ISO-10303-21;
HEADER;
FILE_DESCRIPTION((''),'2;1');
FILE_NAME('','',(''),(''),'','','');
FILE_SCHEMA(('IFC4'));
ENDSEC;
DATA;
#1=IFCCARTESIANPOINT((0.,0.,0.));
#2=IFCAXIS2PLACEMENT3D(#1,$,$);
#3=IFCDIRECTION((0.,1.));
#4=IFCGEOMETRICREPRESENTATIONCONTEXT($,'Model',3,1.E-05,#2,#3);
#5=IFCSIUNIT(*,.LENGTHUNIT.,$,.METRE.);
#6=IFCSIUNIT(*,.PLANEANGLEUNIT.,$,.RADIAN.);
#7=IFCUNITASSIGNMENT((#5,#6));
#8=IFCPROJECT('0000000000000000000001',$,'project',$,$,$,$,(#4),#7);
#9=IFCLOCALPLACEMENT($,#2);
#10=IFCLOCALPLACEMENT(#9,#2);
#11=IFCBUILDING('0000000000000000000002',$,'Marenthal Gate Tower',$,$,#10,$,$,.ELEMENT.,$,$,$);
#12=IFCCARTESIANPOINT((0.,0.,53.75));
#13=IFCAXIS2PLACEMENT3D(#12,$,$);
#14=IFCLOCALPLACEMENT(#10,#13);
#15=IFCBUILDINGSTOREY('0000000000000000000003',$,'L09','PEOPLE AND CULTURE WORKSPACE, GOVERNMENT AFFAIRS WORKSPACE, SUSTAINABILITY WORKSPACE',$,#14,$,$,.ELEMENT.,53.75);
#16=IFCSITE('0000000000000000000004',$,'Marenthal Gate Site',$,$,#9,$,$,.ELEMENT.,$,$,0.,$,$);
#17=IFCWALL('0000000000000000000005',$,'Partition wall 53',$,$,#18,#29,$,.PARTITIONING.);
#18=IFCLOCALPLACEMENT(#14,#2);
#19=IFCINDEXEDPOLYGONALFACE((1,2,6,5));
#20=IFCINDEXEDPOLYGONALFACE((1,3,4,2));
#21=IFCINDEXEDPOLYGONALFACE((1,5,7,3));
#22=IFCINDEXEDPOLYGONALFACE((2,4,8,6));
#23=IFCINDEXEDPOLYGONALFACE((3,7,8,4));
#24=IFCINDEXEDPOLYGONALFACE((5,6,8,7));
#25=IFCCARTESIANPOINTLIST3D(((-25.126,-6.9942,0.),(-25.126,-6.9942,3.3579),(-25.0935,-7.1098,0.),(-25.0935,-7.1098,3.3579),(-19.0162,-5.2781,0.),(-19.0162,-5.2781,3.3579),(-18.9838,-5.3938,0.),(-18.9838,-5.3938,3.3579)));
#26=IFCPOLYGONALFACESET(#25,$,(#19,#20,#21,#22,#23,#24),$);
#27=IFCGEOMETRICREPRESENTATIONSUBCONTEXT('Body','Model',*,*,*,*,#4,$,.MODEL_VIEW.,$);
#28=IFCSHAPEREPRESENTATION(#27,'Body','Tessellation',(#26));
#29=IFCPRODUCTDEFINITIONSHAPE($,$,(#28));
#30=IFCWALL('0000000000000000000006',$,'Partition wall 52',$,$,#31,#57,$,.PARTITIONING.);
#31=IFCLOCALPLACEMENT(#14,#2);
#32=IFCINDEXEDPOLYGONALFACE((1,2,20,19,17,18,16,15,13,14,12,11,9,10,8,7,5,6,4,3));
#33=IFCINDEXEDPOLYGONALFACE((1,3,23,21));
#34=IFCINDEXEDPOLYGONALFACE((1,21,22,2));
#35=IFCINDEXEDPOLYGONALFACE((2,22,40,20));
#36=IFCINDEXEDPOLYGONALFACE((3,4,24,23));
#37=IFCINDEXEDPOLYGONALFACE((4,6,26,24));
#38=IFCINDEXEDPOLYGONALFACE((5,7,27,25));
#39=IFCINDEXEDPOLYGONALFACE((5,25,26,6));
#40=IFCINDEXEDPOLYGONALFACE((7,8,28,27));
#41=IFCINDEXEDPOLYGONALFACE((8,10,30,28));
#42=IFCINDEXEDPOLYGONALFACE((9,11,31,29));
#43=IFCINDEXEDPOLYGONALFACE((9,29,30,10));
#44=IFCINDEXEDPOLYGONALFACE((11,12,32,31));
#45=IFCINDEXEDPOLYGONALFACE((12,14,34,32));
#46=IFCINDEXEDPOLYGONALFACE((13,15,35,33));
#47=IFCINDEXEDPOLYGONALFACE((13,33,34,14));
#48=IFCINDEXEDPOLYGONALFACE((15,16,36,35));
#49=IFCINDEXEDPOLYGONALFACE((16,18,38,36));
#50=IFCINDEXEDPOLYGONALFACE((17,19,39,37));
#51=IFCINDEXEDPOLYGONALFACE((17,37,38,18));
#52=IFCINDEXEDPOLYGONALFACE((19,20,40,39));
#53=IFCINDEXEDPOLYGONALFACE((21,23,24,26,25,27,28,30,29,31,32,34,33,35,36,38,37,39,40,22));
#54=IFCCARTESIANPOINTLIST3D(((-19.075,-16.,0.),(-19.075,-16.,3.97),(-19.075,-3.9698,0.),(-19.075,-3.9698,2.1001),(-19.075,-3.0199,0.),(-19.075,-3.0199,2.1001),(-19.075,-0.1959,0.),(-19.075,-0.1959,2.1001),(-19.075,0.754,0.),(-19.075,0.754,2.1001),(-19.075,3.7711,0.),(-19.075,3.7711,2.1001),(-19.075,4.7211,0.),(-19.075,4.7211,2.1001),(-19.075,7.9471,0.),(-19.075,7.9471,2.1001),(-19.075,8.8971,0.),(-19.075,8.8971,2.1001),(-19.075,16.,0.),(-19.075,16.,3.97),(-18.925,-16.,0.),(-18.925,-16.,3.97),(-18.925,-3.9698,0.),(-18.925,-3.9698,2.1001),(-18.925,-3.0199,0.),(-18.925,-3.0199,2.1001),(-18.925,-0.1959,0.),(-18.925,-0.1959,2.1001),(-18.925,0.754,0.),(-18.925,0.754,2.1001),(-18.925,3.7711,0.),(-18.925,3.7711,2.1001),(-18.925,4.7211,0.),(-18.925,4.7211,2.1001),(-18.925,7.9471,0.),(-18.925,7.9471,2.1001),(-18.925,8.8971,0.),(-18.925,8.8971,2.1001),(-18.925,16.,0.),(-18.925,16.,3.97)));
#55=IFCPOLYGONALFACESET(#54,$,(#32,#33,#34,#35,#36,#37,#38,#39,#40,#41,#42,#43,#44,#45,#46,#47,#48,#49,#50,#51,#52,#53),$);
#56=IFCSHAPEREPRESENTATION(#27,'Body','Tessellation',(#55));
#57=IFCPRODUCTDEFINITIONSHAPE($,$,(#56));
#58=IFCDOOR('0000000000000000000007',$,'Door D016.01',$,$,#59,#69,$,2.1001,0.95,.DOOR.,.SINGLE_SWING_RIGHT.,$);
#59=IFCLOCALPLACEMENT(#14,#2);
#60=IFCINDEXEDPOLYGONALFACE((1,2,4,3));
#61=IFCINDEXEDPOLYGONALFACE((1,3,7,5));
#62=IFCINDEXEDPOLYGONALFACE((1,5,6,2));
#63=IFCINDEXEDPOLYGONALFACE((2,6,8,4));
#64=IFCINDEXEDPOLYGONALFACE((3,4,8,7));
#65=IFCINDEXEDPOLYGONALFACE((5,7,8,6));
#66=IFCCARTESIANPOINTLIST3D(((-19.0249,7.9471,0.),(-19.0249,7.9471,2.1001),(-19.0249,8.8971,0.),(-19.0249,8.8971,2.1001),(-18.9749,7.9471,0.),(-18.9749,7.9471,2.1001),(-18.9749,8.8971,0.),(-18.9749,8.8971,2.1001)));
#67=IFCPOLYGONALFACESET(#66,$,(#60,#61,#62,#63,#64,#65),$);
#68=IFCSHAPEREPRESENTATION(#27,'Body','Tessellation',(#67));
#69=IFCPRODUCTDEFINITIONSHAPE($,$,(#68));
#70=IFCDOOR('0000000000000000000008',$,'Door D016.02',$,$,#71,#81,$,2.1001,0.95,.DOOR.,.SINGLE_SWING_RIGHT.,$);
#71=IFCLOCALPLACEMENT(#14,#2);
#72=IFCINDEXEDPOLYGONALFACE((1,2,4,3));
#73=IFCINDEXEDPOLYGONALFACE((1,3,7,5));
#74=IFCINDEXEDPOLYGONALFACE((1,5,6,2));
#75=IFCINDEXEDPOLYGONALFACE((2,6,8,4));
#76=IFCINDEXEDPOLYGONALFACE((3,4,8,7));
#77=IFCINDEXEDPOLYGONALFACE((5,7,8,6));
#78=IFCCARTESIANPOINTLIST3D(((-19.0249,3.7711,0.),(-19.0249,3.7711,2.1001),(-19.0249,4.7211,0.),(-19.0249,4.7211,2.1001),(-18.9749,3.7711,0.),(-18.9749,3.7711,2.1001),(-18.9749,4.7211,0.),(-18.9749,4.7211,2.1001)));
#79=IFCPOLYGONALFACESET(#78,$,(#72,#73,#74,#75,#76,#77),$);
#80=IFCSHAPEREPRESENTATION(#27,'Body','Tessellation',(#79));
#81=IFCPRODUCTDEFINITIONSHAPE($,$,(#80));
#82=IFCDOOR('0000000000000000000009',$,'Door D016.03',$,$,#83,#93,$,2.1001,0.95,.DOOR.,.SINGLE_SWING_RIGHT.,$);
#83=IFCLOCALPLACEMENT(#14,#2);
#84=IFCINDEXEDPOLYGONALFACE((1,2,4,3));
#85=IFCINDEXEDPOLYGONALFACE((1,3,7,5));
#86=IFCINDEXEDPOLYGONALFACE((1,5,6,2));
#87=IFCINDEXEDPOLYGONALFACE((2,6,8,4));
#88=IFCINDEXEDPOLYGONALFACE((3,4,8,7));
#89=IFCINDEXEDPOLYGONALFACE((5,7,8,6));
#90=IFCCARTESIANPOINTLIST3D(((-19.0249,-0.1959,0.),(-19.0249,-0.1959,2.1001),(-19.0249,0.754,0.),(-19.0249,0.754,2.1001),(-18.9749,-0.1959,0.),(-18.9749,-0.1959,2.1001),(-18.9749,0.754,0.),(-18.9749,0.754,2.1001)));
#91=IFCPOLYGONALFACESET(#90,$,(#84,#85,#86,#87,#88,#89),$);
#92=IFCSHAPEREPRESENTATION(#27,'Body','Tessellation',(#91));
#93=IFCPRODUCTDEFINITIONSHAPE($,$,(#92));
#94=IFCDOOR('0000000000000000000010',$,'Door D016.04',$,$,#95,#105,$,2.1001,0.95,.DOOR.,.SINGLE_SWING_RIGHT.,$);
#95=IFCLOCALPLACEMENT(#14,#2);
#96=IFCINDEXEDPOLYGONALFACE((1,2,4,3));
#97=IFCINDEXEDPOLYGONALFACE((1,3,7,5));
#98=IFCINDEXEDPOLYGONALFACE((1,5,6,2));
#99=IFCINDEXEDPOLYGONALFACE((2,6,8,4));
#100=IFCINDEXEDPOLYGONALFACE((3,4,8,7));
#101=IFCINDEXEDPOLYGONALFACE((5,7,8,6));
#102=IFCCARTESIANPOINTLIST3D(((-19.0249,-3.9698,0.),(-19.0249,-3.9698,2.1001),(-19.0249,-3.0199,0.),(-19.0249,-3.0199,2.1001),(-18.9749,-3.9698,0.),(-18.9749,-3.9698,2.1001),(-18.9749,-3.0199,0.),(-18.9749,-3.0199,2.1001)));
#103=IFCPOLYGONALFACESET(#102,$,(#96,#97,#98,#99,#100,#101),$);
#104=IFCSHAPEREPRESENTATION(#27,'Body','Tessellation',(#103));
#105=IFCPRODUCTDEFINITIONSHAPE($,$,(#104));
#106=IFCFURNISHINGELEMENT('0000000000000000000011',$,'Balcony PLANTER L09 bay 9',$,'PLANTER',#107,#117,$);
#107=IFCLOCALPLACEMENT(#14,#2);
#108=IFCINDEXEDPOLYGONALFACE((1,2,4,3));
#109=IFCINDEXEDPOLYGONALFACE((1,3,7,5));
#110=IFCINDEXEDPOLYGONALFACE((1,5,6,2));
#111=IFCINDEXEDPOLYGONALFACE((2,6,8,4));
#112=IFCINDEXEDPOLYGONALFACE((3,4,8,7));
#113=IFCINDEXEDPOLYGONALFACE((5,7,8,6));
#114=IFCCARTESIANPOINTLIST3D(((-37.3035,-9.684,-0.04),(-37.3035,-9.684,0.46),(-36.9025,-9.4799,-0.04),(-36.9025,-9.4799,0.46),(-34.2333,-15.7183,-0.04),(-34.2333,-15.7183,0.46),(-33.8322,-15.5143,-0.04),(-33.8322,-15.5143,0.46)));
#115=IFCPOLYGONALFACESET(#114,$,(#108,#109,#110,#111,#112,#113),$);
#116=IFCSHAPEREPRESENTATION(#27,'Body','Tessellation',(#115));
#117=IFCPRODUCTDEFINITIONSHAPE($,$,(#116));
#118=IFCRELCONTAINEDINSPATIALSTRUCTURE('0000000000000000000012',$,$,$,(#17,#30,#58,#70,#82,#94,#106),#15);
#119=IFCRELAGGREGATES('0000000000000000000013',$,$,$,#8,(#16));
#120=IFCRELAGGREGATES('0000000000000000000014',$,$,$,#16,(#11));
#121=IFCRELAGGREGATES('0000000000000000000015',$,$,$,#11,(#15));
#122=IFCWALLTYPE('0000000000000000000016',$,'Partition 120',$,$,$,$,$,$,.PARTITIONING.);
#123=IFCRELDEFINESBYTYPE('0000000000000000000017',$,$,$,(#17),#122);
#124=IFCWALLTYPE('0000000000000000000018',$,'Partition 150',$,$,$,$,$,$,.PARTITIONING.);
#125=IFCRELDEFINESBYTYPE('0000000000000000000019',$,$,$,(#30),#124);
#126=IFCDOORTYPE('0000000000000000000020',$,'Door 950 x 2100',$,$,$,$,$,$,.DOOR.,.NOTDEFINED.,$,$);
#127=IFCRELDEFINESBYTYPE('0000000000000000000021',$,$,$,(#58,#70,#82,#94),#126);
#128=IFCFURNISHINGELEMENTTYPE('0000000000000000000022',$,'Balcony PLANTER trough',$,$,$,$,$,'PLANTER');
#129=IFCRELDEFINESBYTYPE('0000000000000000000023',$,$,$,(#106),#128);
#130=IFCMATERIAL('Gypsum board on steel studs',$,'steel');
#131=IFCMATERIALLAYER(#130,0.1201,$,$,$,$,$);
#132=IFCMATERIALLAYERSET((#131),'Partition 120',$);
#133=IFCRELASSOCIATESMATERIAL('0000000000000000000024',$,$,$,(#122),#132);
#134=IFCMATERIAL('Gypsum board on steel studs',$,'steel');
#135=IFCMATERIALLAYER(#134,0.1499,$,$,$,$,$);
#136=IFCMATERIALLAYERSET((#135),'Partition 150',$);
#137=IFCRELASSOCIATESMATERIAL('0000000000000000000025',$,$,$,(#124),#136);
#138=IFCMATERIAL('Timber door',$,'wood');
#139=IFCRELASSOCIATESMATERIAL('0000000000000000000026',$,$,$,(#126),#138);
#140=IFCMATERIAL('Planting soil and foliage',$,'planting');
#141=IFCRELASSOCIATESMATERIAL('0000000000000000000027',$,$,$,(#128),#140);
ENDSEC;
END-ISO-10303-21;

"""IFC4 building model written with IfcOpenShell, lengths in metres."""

from ifc_helpers import new_model, si_unit, direction, frame, frame_2d, origin, origin_2d, place, context, subcontext, project, spatial, rectangle, extrude, material, layer, layer_set, type_object, element, fill, save


model = new_model("IFC4")

# Units and contexts
model_context = context("Model", 3, precision=1e-05, world=origin(), true_north=direction((0.0, 1.0)))
body_context = subcontext(model_context, "Body", "Model", "MODEL_VIEW")
ifc_project = project(units=[si_unit("LENGTHUNIT", "METRE"), si_unit("PLANEANGLEUNIT", "RADIAN")], contexts=[model_context])

# Site, building, storey
site_placement = place(None, origin())
site = spatial("IfcSite", under=ifc_project, at=site_placement, Name="Marenthal Gate Site", CompositionType="ELEMENT", RefElevation=0.0)
building_placement = place(site_placement, origin())
building = spatial("IfcBuilding", under=site, at=building_placement, Name="Marenthal Gate Tower", CompositionType="ELEMENT")
storey_placement = place(building_placement, frame((0.0, 0.0, 53.75)))
storey = spatial("IfcBuildingStorey", under=building, at=storey_placement, Name="L09", Description="PEOPLE AND CULTURE WORKSPACE, GOVERNMENT AFFAIRS WORKSPACE, SUSTAINABILITY WORKSPACE", CompositionType="ELEMENT", Elevation=53.75)

# Wall
ifc_material_1 = material(Name="Gypsum board on steel studs", Category="steel")
ifc_layer_1 = layer(ifc_material_1, 0.1201)
ifc_layer_set_1 = layer_set([ifc_layer_1], Name="Partition 120")
wall_type_1 = type_object("IfcWallType", Name="Partition 120", PredefinedType="PARTITIONING", material=ifc_layer_set_1)
wall_1_placement = place(storey_placement, frame((-19.0, -5.3359, 0.0), z_axis=(0.0, 0.0, 1.0), x_axis=(-0.962747, -0.270405, 0.0)))
element("IfcWall", 1, at=wall_1_placement, inside=storey, type_object=wall_type_1, Name="Partition wall 53", PredefinedType="PARTITIONING", context=body_context, shape_type="SweptSolid", body=[
    extrude(rectangle(XDim=6.3462, YDim=0.1201, at=frame_2d((3.1731, 0.0))), origin(), (0.0, 0.0, 1.0), 3.3579),
])

# Wall, openings, doors
ifc_material_2 = material(Name="Gypsum board on steel studs", Category="steel")
ifc_layer_2 = layer(ifc_material_2, 0.1499)
ifc_layer_set_2 = layer_set([ifc_layer_2], Name="Partition 150")
wall_type_2 = type_object("IfcWallType", Name="Partition 150", PredefinedType="PARTITIONING", material=ifc_layer_set_2)
wall_2_placement = place(storey_placement, frame((-19.0, -16.0, 0.0), z_axis=(0.0, 0.0, 1.0), x_axis=(0.0, 1.0, 0.0)))
wall_2 = element("IfcWall", 2, at=wall_2_placement, inside=storey, type_object=wall_type_2, Name="Partition wall 52", PredefinedType="PARTITIONING", context=body_context, shape_type="SweptSolid", body=[
    extrude(rectangle(XDim=32.0, YDim=0.1499, at=frame_2d((16.0, 0.0))), origin(), (0.0, 0.0, 1.0), 3.97),
])
opening_1_placement = place(wall_2_placement, frame((23.947, 0.0, 0.0)))
opening_1 = element("IfcOpeningElement", 3, at=opening_1_placement, cuts=wall_2, PredefinedType="OPENING", context=body_context, shape_type="SweptSolid", body=[
    extrude(rectangle(XDim=0.95, YDim=2.1001, at=frame_2d((0.4751, 1.05))), frame((0.0, 0.085, 0.0), z_axis=(0.0, -1.0, 0.0), x_axis=(1.0, 0.0, 0.0)), (0.0, 0.0, 1.0), 0.1699),
])
opening_2_placement = place(wall_2_placement, frame((19.771, 0.0, 0.0)))
opening_2 = element("IfcOpeningElement", 4, at=opening_2_placement, cuts=wall_2, PredefinedType="OPENING", context=body_context, shape_type="SweptSolid", body=[
    extrude(rectangle(XDim=0.95, YDim=2.1001, at=frame_2d((0.4751, 1.05))), frame((0.0, 0.085, 0.0), z_axis=(0.0, -1.0, 0.0), x_axis=(1.0, 0.0, 0.0)), (0.0, 0.0, 1.0), 0.1699),
])
opening_3_placement = place(wall_2_placement, frame((15.804, 0.0, 0.0)))
opening_3 = element("IfcOpeningElement", 5, at=opening_3_placement, cuts=wall_2, PredefinedType="OPENING", context=body_context, shape_type="SweptSolid", body=[
    extrude(rectangle(XDim=0.95, YDim=2.1001, at=frame_2d((0.4751, 1.05))), frame((0.0, 0.085, 0.0), z_axis=(0.0, -1.0, 0.0), x_axis=(1.0, 0.0, 0.0)), (0.0, 0.0, 1.0), 0.1699),
])
opening_4_placement = place(wall_2_placement, frame((12.03, 0.0, 0.0)))
opening_4 = element("IfcOpeningElement", 6, at=opening_4_placement, cuts=wall_2, PredefinedType="OPENING", context=body_context, shape_type="SweptSolid", body=[
    extrude(rectangle(XDim=0.95, YDim=2.1001, at=frame_2d((0.4751, 1.05))), frame((0.0, 0.085, 0.0), z_axis=(0.0, -1.0, 0.0), x_axis=(1.0, 0.0, 0.0)), (0.0, 0.0, 1.0), 0.1699),
])
ifc_material_3 = material(Name="Timber door", Category="wood")
door_type_1 = type_object("IfcDoorType", Name="Door 950 x 2100", OperationType="NOTDEFINED", PredefinedType="DOOR", material=ifc_material_3)
door_1_placement = place(opening_1_placement, origin())
door_1 = element("IfcDoor", 7, at=door_1_placement, inside=storey, type_object=door_type_1, Name="Door D016.01", OperationType="SINGLE_SWING_RIGHT", OverallHeight=2.1001, OverallWidth=0.95, PredefinedType="DOOR", context=body_context, shape_type="SweptSolid", body=[
    extrude(rectangle(XDim=0.95, YDim=2.1001, at=frame_2d((0.4751, 1.05))), frame((0.0, 0.0249, 0.0), z_axis=(0.0, -1.0, 0.0), x_axis=(1.0, 0.0, 0.0)), (0.0, 0.0, 1.0), 0.05),
])
fill(opening_1, door_1)
door_2_placement = place(opening_2_placement, origin())
door_2 = element("IfcDoor", 8, at=door_2_placement, inside=storey, type_object=door_type_1, Name="Door D016.02", OperationType="SINGLE_SWING_RIGHT", OverallHeight=2.1001, OverallWidth=0.95, PredefinedType="DOOR", context=body_context, shape_type="SweptSolid", body=[
    extrude(rectangle(XDim=0.95, YDim=2.1001, at=frame_2d((0.4751, 1.05))), frame((0.0, 0.0249, 0.0), z_axis=(0.0, -1.0, 0.0), x_axis=(1.0, 0.0, 0.0)), (0.0, 0.0, 1.0), 0.05),
])
fill(opening_2, door_2)
door_3_placement = place(opening_3_placement, origin())
door_3 = element("IfcDoor", 9, at=door_3_placement, inside=storey, type_object=door_type_1, Name="Door D016.03", OperationType="SINGLE_SWING_RIGHT", OverallHeight=2.1001, OverallWidth=0.95, PredefinedType="DOOR", context=body_context, shape_type="SweptSolid", body=[
    extrude(rectangle(XDim=0.95, YDim=2.1001, at=frame_2d((0.4751, 1.05))), frame((0.0, 0.0249, 0.0), z_axis=(0.0, -1.0, 0.0), x_axis=(1.0, 0.0, 0.0)), (0.0, 0.0, 1.0), 0.05),
])
fill(opening_3, door_3)
door_4_placement = place(opening_4_placement, origin())
door_4 = element("IfcDoor", 10, at=door_4_placement, inside=storey, type_object=door_type_1, Name="Door D016.04", OperationType="SINGLE_SWING_RIGHT", OverallHeight=2.1001, OverallWidth=0.95, PredefinedType="DOOR", context=body_context, shape_type="SweptSolid", body=[
    extrude(rectangle(XDim=0.95, YDim=2.1001, at=frame_2d((0.4751, 1.05))), frame((0.0, 0.0249, 0.0), z_axis=(0.0, -1.0, 0.0), x_axis=(1.0, 0.0, 0.0)), (0.0, 0.0, 1.0), 0.05),
])
fill(opening_4, door_4)

# Furnishing element
ifc_material_4 = material(Name="Planting soil and foliage", Category="planting")
furnishing_element_type = type_object("IfcFurnishingElementType", Name="Balcony PLANTER trough", ElementType="PLANTER", material=ifc_material_4)
furnishing_placement = place(storey_placement, frame((-35.5679, -12.5991, -0.04), z_axis=(0.0, 0.0, 1.0), x_axis=(0.453476, -0.891269, 0.0)))
element("IfcFurnishingElement", 11, at=furnishing_placement, inside=storey, type_object=furnishing_element_type, Name="Balcony PLANTER L09 bay 9", ObjectType="PLANTER", context=body_context, shape_type="SweptSolid", body=[
    extrude(rectangle(XDim=6.7705, YDim=0.45, at=origin_2d()), origin(), (0.0, 0.0, 1.0), 0.5),
])

save(model, "model.ifc")
